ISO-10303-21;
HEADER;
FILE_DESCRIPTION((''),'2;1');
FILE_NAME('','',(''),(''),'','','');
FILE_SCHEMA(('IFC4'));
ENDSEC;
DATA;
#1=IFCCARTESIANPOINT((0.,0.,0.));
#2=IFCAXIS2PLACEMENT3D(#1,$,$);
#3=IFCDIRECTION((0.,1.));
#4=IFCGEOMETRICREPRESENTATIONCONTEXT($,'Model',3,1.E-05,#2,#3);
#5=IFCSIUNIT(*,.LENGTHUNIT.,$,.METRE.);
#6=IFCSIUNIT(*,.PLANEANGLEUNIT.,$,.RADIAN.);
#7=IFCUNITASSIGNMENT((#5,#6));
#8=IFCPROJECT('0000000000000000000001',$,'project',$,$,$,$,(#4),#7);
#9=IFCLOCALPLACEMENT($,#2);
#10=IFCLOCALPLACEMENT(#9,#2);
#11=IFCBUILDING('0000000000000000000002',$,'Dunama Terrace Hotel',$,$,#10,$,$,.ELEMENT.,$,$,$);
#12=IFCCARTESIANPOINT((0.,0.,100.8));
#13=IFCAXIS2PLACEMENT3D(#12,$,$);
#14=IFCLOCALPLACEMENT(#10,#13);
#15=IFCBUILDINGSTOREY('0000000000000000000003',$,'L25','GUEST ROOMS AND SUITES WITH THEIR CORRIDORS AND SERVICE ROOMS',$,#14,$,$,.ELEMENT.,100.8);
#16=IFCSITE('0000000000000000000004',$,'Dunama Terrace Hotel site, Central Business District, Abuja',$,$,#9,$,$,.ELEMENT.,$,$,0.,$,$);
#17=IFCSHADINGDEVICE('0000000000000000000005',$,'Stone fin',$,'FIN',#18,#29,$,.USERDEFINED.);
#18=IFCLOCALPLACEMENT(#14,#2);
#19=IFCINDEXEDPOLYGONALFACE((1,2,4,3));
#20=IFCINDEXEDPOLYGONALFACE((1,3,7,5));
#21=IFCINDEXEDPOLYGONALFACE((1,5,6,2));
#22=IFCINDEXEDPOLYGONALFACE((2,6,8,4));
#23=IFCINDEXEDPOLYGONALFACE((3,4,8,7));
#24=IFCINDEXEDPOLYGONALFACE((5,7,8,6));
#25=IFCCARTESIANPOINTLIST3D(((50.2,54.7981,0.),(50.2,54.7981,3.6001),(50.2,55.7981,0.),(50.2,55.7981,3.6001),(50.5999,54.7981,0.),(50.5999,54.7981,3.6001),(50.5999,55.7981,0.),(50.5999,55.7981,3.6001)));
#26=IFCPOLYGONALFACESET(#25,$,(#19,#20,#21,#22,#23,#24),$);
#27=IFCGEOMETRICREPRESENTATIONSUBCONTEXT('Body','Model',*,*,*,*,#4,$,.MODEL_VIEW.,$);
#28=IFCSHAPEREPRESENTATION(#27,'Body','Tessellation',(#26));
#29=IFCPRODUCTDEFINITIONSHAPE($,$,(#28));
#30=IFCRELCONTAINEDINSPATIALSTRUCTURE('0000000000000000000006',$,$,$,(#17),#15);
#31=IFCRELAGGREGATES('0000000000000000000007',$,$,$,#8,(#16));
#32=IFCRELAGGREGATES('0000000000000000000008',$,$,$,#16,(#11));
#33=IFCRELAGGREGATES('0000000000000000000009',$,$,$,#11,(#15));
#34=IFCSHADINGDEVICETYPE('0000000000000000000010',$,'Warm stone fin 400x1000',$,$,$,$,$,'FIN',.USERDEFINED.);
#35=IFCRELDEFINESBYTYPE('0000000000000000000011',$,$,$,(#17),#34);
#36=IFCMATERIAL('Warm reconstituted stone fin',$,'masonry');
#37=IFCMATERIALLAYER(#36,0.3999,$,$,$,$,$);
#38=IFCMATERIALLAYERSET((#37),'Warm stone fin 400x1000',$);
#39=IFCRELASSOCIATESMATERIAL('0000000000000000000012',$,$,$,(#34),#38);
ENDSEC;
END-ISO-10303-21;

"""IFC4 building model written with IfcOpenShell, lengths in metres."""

from ifc_helpers import new_model, si_unit, direction, frame, origin, origin_2d, place, context, subcontext, project, spatial, rectangle, extrude, material, layer, layer_set, type_object, element, save


model = new_model("IFC4")

# Units and contexts
model_context = context("Model", 3, precision=1e-05, world=origin(), true_north=direction((0.0, 1.0)))
body_context = subcontext(model_context, "Body", "Model", "MODEL_VIEW")
ifc_project = project(units=[si_unit("LENGTHUNIT", "METRE"), si_unit("PLANEANGLEUNIT", "RADIAN")], contexts=[model_context])

# Site, building, storey
site_placement = place(None, origin())
site = spatial("IfcSite", under=ifc_project, at=site_placement, Name="Dunama Terrace Hotel site, Central Business District, Abuja", CompositionType="ELEMENT", RefElevation=0.0)
building_placement = place(site_placement, origin())
building = spatial("IfcBuilding", under=site, at=building_placement, Name="Dunama Terrace Hotel", CompositionType="ELEMENT")
storey_placement = place(building_placement, frame((0.0, 0.0, 100.8)))
storey = spatial("IfcBuildingStorey", under=building, at=storey_placement, Name="L25", Description="GUEST ROOMS AND SUITES WITH THEIR CORRIDORS AND SERVICE ROOMS", CompositionType="ELEMENT", Elevation=100.8)

# Shading device
ifc_material_1 = material(Name="Warm reconstituted stone fin", Category="masonry")
ifc_layer_1 = layer(ifc_material_1, 0.3999)
ifc_layer_set_1 = layer_set([ifc_layer_1], Name="Warm stone fin 400x1000")
shading_device_type = type_object("IfcShadingDeviceType", Name="Warm stone fin 400x1000", ElementType="FIN", PredefinedType="USERDEFINED", material=ifc_layer_set_1)
shading_device_placement = place(storey_placement, frame((50.3999, 55.2981, 0.0), z_axis=(0.0, 0.0, 1.0), x_axis=(-1.0, 0.0, 0.0)))
element("IfcShadingDevice", 1, at=shading_device_placement, inside=storey, type_object=shading_device_type, Name="Stone fin", ObjectType="FIN", PredefinedType="USERDEFINED", context=body_context, shape_type="SweptSolid", body=[
    extrude(rectangle(XDim=0.3999, YDim=1.0, at=origin_2d()), origin(), (0.0, 0.0, 1.0), 3.6001),
])

save(model, "model.ifc")
